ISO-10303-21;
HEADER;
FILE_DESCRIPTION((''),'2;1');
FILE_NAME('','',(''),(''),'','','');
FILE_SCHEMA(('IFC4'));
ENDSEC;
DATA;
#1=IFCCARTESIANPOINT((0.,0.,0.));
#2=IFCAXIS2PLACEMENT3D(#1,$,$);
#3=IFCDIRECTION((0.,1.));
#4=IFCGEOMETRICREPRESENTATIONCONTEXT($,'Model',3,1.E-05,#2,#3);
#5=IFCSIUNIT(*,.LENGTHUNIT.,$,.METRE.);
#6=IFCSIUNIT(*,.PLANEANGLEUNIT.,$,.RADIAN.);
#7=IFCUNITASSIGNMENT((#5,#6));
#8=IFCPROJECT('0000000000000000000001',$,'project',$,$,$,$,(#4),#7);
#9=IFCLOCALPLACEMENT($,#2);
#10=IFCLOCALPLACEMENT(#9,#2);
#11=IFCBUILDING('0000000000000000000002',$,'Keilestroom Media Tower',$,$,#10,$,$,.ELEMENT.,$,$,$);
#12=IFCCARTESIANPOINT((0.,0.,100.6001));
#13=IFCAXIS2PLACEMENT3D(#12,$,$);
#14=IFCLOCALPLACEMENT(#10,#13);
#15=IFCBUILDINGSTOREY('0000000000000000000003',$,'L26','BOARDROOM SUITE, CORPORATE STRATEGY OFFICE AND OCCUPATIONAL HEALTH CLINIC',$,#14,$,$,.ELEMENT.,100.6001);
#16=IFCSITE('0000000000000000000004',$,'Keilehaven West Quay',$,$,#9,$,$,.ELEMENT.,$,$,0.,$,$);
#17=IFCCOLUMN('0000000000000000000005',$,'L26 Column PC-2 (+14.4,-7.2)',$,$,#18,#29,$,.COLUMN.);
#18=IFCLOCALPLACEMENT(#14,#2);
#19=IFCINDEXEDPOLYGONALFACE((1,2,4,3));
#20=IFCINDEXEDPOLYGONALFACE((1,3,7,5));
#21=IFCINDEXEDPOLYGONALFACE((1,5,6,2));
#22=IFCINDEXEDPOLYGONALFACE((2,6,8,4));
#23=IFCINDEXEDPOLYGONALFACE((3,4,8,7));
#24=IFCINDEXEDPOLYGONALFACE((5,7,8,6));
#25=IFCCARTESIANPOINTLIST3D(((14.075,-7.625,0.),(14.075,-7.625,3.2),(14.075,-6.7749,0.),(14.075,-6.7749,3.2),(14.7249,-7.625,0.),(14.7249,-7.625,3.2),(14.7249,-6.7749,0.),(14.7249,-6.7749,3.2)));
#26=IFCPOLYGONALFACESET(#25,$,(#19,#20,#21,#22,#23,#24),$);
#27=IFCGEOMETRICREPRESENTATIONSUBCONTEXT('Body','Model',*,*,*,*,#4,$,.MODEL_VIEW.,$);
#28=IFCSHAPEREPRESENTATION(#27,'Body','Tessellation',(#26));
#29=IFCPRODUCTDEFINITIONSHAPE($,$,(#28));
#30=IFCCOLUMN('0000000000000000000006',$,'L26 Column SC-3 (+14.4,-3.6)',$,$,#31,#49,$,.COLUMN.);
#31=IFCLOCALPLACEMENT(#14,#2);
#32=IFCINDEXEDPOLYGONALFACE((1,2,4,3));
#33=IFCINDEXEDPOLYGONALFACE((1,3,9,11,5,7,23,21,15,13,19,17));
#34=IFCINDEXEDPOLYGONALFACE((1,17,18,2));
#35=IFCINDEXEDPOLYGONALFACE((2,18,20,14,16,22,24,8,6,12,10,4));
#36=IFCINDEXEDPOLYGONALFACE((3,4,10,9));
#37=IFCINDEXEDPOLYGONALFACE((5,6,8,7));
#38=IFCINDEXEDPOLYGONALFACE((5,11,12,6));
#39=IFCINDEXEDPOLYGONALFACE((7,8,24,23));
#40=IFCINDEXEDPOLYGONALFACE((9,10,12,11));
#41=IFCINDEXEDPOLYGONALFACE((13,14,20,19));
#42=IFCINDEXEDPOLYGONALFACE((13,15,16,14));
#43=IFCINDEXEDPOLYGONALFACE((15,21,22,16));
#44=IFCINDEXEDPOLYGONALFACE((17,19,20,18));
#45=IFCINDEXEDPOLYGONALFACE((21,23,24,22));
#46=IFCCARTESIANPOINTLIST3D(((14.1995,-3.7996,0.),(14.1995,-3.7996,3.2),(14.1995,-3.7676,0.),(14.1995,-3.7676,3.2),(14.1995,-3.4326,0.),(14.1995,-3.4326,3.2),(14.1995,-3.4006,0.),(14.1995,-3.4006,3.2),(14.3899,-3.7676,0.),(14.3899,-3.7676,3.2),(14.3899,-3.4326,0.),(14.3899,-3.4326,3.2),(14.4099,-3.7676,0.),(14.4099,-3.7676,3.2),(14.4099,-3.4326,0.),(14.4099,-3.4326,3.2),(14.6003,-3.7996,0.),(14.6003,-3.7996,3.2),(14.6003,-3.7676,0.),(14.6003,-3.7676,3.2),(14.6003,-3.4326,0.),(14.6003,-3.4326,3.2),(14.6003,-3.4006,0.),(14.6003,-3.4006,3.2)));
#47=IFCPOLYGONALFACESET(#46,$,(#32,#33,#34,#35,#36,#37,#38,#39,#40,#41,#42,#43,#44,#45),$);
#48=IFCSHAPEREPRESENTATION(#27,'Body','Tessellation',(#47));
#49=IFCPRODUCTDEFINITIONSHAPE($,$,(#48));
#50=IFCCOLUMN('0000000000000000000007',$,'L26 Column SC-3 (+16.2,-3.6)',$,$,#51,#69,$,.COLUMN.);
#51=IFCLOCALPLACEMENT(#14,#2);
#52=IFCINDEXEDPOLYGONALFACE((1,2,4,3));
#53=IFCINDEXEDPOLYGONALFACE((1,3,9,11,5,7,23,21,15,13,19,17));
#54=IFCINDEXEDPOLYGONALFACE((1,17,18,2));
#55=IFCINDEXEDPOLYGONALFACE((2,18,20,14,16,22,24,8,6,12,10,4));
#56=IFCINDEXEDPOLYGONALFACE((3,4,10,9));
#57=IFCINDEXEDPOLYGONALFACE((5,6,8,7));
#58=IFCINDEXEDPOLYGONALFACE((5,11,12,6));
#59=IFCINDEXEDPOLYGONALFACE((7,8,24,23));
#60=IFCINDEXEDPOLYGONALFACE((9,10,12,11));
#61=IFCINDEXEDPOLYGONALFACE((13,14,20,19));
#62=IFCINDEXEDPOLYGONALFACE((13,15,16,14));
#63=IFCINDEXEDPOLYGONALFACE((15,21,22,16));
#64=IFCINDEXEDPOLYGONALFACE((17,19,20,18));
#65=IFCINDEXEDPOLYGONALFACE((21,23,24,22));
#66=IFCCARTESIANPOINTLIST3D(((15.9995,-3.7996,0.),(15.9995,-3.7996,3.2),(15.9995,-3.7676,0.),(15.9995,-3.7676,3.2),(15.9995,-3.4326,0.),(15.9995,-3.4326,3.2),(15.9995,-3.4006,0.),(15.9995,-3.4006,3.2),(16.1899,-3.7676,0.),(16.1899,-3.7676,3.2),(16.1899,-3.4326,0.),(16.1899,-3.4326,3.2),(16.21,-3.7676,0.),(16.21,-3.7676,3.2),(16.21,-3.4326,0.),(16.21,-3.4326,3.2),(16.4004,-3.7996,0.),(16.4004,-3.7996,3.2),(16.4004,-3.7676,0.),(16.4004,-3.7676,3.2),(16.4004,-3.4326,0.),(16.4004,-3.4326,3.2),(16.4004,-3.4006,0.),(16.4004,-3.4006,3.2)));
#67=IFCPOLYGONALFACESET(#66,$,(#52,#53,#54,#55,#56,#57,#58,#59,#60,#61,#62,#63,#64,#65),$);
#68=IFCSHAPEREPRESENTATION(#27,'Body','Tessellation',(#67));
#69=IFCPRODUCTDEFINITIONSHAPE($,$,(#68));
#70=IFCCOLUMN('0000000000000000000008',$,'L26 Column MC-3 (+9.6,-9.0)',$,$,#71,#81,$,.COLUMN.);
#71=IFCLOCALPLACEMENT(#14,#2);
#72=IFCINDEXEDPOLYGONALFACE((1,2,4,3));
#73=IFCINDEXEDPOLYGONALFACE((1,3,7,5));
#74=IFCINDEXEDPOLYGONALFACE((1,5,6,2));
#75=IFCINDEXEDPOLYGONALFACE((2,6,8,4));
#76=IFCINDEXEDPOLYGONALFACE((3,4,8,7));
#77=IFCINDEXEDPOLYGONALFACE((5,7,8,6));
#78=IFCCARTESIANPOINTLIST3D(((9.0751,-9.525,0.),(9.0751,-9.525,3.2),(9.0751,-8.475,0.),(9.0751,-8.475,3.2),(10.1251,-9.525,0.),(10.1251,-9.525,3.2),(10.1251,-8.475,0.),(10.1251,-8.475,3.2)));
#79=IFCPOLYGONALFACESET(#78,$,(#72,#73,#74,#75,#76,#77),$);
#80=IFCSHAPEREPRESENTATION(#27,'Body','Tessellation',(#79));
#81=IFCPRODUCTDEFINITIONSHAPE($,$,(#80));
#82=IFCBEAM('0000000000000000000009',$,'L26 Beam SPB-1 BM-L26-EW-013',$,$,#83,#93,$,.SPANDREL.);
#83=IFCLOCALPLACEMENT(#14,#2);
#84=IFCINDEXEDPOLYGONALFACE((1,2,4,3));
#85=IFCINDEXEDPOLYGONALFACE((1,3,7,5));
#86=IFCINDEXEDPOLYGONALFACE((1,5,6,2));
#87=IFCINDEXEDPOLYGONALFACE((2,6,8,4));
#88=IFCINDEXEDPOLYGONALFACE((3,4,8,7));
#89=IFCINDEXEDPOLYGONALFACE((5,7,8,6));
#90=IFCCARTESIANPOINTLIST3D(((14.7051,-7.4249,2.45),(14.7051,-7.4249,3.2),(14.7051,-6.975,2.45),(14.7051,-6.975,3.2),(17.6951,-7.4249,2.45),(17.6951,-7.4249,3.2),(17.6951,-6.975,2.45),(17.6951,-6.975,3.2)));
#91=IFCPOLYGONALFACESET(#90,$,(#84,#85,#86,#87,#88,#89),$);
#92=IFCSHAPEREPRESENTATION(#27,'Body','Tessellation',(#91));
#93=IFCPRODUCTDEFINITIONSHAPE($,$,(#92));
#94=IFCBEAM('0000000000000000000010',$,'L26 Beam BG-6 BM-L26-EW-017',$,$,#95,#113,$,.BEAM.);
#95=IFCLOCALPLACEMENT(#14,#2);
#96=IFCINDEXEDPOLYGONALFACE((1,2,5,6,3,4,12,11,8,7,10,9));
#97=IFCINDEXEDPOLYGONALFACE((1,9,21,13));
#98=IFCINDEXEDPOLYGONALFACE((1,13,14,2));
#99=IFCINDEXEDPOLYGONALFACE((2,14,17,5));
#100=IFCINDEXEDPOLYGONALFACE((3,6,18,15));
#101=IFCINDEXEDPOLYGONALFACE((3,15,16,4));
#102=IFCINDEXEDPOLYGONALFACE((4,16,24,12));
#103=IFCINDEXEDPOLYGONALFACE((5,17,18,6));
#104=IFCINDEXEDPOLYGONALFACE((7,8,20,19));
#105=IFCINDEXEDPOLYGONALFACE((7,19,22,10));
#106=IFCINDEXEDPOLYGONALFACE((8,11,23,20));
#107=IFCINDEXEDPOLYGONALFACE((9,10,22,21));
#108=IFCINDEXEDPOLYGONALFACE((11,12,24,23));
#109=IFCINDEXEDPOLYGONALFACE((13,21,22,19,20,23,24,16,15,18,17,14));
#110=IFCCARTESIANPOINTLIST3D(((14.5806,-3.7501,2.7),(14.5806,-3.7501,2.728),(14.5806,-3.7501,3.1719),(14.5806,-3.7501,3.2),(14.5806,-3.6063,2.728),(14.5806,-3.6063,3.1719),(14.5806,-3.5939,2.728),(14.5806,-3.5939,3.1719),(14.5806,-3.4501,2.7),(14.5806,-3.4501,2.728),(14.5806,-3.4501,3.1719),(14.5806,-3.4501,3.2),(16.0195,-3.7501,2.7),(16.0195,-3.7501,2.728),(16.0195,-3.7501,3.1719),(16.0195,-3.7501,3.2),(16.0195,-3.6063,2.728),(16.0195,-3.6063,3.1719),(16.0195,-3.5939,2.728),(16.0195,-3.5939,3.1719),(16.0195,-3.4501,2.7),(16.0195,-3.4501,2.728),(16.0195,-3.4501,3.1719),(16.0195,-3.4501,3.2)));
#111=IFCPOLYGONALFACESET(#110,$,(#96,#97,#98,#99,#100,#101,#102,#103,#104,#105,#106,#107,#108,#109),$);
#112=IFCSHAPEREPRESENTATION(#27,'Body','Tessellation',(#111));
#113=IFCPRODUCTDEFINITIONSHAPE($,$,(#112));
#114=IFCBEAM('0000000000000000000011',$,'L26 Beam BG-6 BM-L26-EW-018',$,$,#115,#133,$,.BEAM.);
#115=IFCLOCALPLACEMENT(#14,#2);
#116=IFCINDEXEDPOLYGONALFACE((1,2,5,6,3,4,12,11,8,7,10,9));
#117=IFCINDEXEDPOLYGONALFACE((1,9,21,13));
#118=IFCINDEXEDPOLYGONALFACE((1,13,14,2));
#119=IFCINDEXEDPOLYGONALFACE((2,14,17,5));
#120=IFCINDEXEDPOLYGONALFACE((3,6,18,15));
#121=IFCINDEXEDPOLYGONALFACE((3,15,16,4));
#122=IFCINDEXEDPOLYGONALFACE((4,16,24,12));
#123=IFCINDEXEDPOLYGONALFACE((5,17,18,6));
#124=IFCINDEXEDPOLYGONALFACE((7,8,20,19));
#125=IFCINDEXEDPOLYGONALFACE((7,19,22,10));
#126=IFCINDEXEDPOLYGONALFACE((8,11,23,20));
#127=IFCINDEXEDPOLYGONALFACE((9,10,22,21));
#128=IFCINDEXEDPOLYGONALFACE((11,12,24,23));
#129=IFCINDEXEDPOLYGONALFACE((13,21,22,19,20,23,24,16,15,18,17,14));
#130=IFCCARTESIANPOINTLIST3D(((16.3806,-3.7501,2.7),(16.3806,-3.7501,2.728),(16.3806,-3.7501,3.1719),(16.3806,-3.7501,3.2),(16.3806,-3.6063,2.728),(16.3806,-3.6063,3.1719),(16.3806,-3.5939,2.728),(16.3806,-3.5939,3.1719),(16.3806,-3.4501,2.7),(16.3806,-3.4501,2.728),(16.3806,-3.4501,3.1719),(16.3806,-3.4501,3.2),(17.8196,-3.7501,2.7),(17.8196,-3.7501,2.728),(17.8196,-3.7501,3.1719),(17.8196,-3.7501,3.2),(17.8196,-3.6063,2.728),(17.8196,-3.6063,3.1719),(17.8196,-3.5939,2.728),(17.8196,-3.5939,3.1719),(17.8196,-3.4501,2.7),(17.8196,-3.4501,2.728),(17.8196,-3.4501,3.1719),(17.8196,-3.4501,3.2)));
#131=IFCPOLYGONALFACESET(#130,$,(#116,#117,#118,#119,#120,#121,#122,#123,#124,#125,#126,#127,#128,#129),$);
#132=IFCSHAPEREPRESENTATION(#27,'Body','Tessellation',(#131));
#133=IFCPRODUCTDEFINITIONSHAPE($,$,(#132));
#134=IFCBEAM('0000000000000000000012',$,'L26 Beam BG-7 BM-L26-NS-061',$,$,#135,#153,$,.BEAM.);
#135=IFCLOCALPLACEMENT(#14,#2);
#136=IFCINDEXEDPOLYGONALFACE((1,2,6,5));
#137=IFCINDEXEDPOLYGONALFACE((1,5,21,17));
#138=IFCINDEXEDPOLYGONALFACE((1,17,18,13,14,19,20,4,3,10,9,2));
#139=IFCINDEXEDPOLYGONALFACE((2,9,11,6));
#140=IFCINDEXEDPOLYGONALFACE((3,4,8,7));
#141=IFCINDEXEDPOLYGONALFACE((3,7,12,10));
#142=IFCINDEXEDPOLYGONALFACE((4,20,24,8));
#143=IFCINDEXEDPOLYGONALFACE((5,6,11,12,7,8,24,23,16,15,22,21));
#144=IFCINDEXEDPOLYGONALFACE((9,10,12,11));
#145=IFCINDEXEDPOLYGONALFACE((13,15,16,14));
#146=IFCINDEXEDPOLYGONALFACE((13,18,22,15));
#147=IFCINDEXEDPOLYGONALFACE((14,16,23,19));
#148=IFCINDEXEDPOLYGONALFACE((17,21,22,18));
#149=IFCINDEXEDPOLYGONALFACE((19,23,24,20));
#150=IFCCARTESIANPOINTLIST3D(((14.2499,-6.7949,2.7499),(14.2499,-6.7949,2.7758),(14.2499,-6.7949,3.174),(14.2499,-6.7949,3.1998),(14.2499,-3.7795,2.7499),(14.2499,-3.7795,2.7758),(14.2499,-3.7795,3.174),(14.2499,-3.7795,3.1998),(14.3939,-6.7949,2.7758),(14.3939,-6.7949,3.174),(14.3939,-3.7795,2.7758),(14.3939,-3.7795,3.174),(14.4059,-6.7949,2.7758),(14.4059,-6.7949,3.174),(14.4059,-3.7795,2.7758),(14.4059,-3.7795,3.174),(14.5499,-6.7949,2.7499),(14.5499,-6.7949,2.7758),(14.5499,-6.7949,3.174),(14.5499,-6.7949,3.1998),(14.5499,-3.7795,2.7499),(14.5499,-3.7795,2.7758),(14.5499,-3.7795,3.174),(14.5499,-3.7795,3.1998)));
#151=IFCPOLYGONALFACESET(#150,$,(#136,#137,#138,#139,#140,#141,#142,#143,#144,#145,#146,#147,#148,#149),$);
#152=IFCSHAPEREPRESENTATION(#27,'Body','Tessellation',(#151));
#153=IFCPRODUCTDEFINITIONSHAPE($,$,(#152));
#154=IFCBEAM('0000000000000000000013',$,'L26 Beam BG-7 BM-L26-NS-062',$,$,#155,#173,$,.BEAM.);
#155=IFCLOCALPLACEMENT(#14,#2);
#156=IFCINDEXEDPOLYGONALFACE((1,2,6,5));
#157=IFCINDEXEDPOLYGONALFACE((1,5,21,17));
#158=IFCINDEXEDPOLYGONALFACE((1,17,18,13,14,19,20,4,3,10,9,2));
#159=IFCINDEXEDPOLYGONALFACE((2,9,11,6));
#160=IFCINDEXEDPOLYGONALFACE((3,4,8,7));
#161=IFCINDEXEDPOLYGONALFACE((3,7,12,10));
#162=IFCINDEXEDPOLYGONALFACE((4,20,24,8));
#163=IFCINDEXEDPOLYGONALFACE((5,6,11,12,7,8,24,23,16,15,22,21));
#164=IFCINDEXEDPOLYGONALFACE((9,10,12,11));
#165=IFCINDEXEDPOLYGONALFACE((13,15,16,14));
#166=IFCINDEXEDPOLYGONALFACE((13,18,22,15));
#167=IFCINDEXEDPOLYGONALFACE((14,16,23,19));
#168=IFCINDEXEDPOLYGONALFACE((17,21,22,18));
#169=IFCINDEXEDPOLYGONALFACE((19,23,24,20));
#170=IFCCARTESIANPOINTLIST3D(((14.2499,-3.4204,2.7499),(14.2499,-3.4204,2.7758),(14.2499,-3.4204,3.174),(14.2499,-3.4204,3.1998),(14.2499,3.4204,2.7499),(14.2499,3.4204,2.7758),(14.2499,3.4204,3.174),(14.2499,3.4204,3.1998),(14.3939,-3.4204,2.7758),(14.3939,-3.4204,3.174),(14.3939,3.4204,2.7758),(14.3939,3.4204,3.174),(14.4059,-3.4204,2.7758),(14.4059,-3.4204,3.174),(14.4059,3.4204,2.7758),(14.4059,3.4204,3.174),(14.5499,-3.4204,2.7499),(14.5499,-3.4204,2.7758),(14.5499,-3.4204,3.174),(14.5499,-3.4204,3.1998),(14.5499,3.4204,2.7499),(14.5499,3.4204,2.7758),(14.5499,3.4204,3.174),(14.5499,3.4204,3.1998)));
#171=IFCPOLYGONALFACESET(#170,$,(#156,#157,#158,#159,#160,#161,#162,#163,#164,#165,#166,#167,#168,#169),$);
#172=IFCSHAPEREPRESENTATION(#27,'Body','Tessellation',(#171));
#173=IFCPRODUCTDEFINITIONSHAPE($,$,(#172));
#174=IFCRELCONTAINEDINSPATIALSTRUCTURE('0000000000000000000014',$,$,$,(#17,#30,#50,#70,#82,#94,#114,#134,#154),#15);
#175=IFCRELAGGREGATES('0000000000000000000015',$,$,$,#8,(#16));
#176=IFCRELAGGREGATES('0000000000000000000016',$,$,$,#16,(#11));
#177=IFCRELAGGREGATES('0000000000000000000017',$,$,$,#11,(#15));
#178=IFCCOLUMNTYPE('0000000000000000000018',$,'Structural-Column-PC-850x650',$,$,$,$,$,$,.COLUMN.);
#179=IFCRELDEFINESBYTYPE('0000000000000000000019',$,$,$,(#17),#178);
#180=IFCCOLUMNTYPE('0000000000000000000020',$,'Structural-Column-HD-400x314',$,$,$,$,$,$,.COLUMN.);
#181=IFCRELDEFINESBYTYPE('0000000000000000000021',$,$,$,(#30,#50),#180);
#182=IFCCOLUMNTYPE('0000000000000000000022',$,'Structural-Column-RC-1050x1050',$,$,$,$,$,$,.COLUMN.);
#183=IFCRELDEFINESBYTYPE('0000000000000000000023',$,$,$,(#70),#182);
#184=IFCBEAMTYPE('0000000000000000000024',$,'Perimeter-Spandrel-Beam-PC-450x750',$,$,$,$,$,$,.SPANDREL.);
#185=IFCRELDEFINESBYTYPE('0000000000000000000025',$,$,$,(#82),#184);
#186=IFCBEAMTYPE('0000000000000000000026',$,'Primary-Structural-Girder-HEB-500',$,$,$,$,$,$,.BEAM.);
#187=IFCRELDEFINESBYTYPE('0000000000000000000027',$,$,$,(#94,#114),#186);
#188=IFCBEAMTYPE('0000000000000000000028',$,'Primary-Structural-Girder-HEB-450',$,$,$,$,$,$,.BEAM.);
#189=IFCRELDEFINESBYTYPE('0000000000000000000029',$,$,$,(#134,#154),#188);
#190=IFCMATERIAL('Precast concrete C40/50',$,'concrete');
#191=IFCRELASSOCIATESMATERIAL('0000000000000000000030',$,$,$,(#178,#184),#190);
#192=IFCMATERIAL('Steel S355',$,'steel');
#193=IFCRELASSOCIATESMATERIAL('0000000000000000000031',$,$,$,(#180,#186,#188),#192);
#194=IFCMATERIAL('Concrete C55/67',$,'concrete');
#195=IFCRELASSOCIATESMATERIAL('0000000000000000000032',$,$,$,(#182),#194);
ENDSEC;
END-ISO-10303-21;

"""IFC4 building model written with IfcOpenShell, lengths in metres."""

from ifc_helpers import new_model, si_unit, direction, frame, origin, origin_2d, place, context, subcontext, project, spatial, rectangle, i_section, extrude, source, transform, mapped, material, material_profile, profile_set, type_object, element, save


model = new_model("IFC4")

# Units and contexts
model_context = context("Model", 3, precision=1e-05, world=origin(), true_north=direction((0.0, 1.0)))
body_context = subcontext(model_context, "Body", "Model", "MODEL_VIEW")
ifc_project = project(units=[si_unit("LENGTHUNIT", "METRE"), si_unit("PLANEANGLEUNIT", "RADIAN")], contexts=[model_context])

# Site, building, storey
site_placement = place(None, origin())
site = spatial("IfcSite", under=ifc_project, at=site_placement, Name="Keilehaven West Quay", CompositionType="ELEMENT", RefElevation=0.0)
building_placement = place(site_placement, origin())
building = spatial("IfcBuilding", under=site, at=building_placement, Name="Keilestroom Media Tower", CompositionType="ELEMENT")
storey_placement = place(building_placement, frame((0.0, 0.0, 100.6001)))
storey = spatial("IfcBuildingStorey", under=building, at=storey_placement, Name="L26", Description="BOARDROOM SUITE, CORPORATE STRATEGY OFFICE AND OCCUPATIONAL HEALTH CLINIC", CompositionType="ELEMENT", Elevation=100.6001)

# Columns
ifc_material_1 = material(Name="Precast concrete C40/50", Category="concrete")
ifc_material_profile_1 = material_profile(ifc_material_1, rectangle(XDim=0.6499, YDim=0.8501, at=origin_2d()), Name="PC 850x650")
ifc_profile_set_1 = profile_set([ifc_material_profile_1], Name="Precast concrete C40/50")
column_type_1 = type_object("IfcColumnType", Name="Structural-Column-PC-850x650", PredefinedType="COLUMN", material=ifc_profile_set_1)
shared_shape_1 = source(origin(), body_context, "Body", "SweptSolid", [
    extrude(rectangle(XDim=0.6499, YDim=0.8501, at=origin_2d()), origin(), (0.0, 0.0, 1.0), 3.2),
])
column_1_placement = place(storey_placement, frame((14.3999, -7.2, 0.0), z_axis=(0.0, 0.0, 1.0), x_axis=(1.0, 0.0, 0.0)))
element("IfcColumn", 1, at=column_1_placement, inside=storey, type_object=column_type_1, Name="L26 Column PC-2 (+14.4,-7.2)", PredefinedType="COLUMN", context=body_context, shape_type="MappedRepresentation", body=[
    mapped(shared_shape_1, transform((0.0, 0.0, 0.0), x_axis=(1.0, 0.0, 0.0), y_axis=(0.0, 1.0, 0.0), z_axis=(0.0, 0.0, 1.0), scale=1.0)),
])
ifc_material_2 = material(Name="Steel S355", Category="steel")
ifc_material_profile_2 = material_profile(ifc_material_2, i_section(OverallWidth=0.4009, OverallDepth=0.3989, WebThickness=0.02, FlangeThickness=0.032, at=origin_2d()), Name="HD 400x314")
ifc_profile_set_2 = profile_set([ifc_material_profile_2], Name="Steel S355")
column_type_2 = type_object("IfcColumnType", Name="Structural-Column-HD-400x314", PredefinedType="COLUMN", material=ifc_profile_set_2)
shared_shape_2 = source(origin(), body_context, "Body", "SweptSolid", [
    extrude(i_section(OverallWidth=0.4009, OverallDepth=0.3989, WebThickness=0.02, FlangeThickness=0.032, at=origin_2d()), origin(), (0.0, 0.0, 1.0), 3.2),
])
for number, where, z_axis, x_axis, name in (
    (2, (14.3999, -3.6001, 0.0), (0.0, 0.0, 1.0), (1.0, 0.0, 0.0), "L26 Column SC-3 (+14.4,-3.6)"),
    (3, (16.2, -3.6001, 0.0), (0.0, 0.0, 1.0), (1.0, 0.0, 0.0), "L26 Column SC-3 (+16.2,-3.6)"),
):
    element("IfcColumn", number, at=place(storey_placement, frame(where, z_axis=z_axis, x_axis=x_axis)), inside=storey, type_object=column_type_2, Name=name, PredefinedType="COLUMN", context=body_context, shape_type="MappedRepresentation", body=[
        mapped(shared_shape_2, transform((0.0, 0.0, 0.0), x_axis=(1.0, 0.0, 0.0), y_axis=(0.0, 1.0, 0.0), z_axis=(0.0, 0.0, 1.0), scale=1.0)),
    ])
ifc_material_3 = material(Name="Concrete C55/67", Category="concrete")
ifc_material_profile_3 = material_profile(ifc_material_3, rectangle(XDim=1.05, YDim=1.05, at=origin_2d()), Name="RC 1050x1050")
ifc_profile_set_3 = profile_set([ifc_material_profile_3], Name="Concrete C55/67")
column_type_3 = type_object("IfcColumnType", Name="Structural-Column-RC-1050x1050", PredefinedType="COLUMN", material=ifc_profile_set_3)
shared_shape_3 = source(origin(), body_context, "Body", "SweptSolid", [
    extrude(rectangle(XDim=1.05, YDim=1.05, at=origin_2d()), origin(), (0.0, 0.0, 1.0), 3.2),
])
column_2_placement = place(storey_placement, frame((9.6001, -9.0, 0.0), z_axis=(0.0, 0.0, 1.0), x_axis=(1.0, 0.0, 0.0)))
element("IfcColumn", 4, at=column_2_placement, inside=storey, type_object=column_type_3, Name="L26 Column MC-3 (+9.6,-9.0)", PredefinedType="COLUMN", context=body_context, shape_type="MappedRepresentation", body=[
    mapped(shared_shape_3, transform((0.0, 0.0, 0.0), x_axis=(1.0, 0.0, 0.0), y_axis=(0.0, 1.0, 0.0), z_axis=(0.0, 0.0, 1.0), scale=1.0)),
])

# Beams
ifc_material_profile_4 = material_profile(ifc_material_1, rectangle(XDim=0.45, YDim=0.75, at=origin_2d()), Name="PC 450x750")
ifc_profile_set_4 = profile_set([ifc_material_profile_4], Name="Precast concrete C40/50")
beam_type_1 = type_object("IfcBeamType", Name="Perimeter-Spandrel-Beam-PC-450x750", PredefinedType="SPANDREL", material=ifc_profile_set_4)
shared_shape_4 = source(origin(), body_context, "Body", "SweptSolid", [
    extrude(rectangle(XDim=0.45, YDim=0.75, at=origin_2d()), origin(), (0.0, 0.0, 1.0), 2.99),
])
beam_1_placement = place(storey_placement, frame((14.7051, -7.2, 2.825), z_axis=(1.0, 0.0, 0.0), x_axis=(0.0, 1.0, 0.0)))
element("IfcBeam", 5, at=beam_1_placement, inside=storey, type_object=beam_type_1, Name="L26 Beam SPB-1 BM-L26-EW-013", PredefinedType="SPANDREL", context=body_context, shape_type="MappedRepresentation", body=[
    mapped(shared_shape_4, transform((0.0, 0.0, 0.0), x_axis=(1.0, 0.0, 0.0), y_axis=(0.0, 1.0, 0.0), z_axis=(0.0, 0.0, 1.0), scale=1.0)),
])
ifc_material_profile_5 = material_profile(ifc_material_2, i_section(OverallWidth=0.3, OverallDepth=0.5, WebThickness=0.0125, FlangeThickness=0.0281, at=origin_2d()), Name="HEB 500")
ifc_profile_set_5 = profile_set([ifc_material_profile_5], Name="Steel S355")
beam_type_2 = type_object("IfcBeamType", Name="Primary-Structural-Girder-HEB-500", PredefinedType="BEAM", material=ifc_profile_set_5)
shared_shape_5 = source(origin(), body_context, "Body", "SweptSolid", [
    extrude(i_section(OverallWidth=0.3, OverallDepth=0.5, WebThickness=0.0125, FlangeThickness=0.0281, at=origin_2d()), origin(), (0.0, 0.0, 1.0), 1.439),
])
for number, where, z_axis, x_axis, name in (
    (6, (14.5806, -3.6001, 2.95), (1.0, 0.0, 0.0), (0.0, 1.0, 0.0), "L26 Beam BG-6 BM-L26-EW-017"),
    (7, (16.3806, -3.6001, 2.95), (1.0, 0.0, 0.0), (0.0, 1.0, 0.0), "L26 Beam BG-6 BM-L26-EW-018"),
):
    element("IfcBeam", number, at=place(storey_placement, frame(where, z_axis=z_axis, x_axis=x_axis)), inside=storey, type_object=beam_type_2, Name=name, PredefinedType="BEAM", context=body_context, shape_type="MappedRepresentation", body=[
        mapped(shared_shape_5, transform((0.0, 0.0, 0.0), x_axis=(1.0, 0.0, 0.0), y_axis=(0.0, 1.0, 0.0), z_axis=(0.0, 0.0, 1.0), scale=1.0)),
    ])
ifc_material_profile_6 = material_profile(ifc_material_2, i_section(OverallWidth=0.3, OverallDepth=0.45, WebThickness=0.012, FlangeThickness=0.0259, at=origin_2d()), Name="HEB 450")
ifc_profile_set_6 = profile_set([ifc_material_profile_6], Name="Steel S355")
beam_type_3 = type_object("IfcBeamType", Name="Primary-Structural-Girder-HEB-450", PredefinedType="BEAM", material=ifc_profile_set_6)
shared_shape_6 = source(origin(), body_context, "Body", "SweptSolid", [
    extrude(i_section(OverallWidth=0.3, OverallDepth=0.45, WebThickness=0.012, FlangeThickness=0.0259, at=origin_2d()), origin(), (0.0, 0.0, 1.0), 3.0154),
])
beam_2_placement = place(storey_placement, frame((14.3999, -6.7949, 2.9749), z_axis=(0.0, 1.0, 0.0), x_axis=(-1.0, 0.0, 0.0)))
element("IfcBeam", 8, at=beam_2_placement, inside=storey, type_object=beam_type_3, Name="L26 Beam BG-7 BM-L26-NS-061", PredefinedType="BEAM", context=body_context, shape_type="MappedRepresentation", body=[
    mapped(shared_shape_6, transform((0.0, 0.0, 0.0), x_axis=(1.0, 0.0, 0.0), y_axis=(0.0, 1.0, 0.0), z_axis=(0.0, 0.0, 1.0), scale=1.0)),
])
shared_shape_7 = source(origin(), body_context, "Body", "SweptSolid", [
    extrude(i_section(OverallWidth=0.3, OverallDepth=0.45, WebThickness=0.012, FlangeThickness=0.0259, at=origin_2d()), origin(), (0.0, 0.0, 1.0), 6.8408),
])
for number, where, z_axis, x_axis, name in (
    (9, (14.3999, -3.4204, 2.9749), (0.0, 1.0, 0.0), (-1.0, 0.0, 0.0), "L26 Beam BG-7 BM-L26-NS-062"),
):
    element("IfcBeam", number, at=place(storey_placement, frame(where, z_axis=z_axis, x_axis=x_axis)), inside=storey, type_object=beam_type_3, Name=name, PredefinedType="BEAM", context=body_context, shape_type="MappedRepresentation", body=[
        mapped(shared_shape_7, transform((0.0, 0.0, 0.0), x_axis=(1.0, 0.0, 0.0), y_axis=(0.0, 1.0, 0.0), z_axis=(0.0, 0.0, 1.0), scale=1.0)),
    ])

save(model, "model.ifc")
